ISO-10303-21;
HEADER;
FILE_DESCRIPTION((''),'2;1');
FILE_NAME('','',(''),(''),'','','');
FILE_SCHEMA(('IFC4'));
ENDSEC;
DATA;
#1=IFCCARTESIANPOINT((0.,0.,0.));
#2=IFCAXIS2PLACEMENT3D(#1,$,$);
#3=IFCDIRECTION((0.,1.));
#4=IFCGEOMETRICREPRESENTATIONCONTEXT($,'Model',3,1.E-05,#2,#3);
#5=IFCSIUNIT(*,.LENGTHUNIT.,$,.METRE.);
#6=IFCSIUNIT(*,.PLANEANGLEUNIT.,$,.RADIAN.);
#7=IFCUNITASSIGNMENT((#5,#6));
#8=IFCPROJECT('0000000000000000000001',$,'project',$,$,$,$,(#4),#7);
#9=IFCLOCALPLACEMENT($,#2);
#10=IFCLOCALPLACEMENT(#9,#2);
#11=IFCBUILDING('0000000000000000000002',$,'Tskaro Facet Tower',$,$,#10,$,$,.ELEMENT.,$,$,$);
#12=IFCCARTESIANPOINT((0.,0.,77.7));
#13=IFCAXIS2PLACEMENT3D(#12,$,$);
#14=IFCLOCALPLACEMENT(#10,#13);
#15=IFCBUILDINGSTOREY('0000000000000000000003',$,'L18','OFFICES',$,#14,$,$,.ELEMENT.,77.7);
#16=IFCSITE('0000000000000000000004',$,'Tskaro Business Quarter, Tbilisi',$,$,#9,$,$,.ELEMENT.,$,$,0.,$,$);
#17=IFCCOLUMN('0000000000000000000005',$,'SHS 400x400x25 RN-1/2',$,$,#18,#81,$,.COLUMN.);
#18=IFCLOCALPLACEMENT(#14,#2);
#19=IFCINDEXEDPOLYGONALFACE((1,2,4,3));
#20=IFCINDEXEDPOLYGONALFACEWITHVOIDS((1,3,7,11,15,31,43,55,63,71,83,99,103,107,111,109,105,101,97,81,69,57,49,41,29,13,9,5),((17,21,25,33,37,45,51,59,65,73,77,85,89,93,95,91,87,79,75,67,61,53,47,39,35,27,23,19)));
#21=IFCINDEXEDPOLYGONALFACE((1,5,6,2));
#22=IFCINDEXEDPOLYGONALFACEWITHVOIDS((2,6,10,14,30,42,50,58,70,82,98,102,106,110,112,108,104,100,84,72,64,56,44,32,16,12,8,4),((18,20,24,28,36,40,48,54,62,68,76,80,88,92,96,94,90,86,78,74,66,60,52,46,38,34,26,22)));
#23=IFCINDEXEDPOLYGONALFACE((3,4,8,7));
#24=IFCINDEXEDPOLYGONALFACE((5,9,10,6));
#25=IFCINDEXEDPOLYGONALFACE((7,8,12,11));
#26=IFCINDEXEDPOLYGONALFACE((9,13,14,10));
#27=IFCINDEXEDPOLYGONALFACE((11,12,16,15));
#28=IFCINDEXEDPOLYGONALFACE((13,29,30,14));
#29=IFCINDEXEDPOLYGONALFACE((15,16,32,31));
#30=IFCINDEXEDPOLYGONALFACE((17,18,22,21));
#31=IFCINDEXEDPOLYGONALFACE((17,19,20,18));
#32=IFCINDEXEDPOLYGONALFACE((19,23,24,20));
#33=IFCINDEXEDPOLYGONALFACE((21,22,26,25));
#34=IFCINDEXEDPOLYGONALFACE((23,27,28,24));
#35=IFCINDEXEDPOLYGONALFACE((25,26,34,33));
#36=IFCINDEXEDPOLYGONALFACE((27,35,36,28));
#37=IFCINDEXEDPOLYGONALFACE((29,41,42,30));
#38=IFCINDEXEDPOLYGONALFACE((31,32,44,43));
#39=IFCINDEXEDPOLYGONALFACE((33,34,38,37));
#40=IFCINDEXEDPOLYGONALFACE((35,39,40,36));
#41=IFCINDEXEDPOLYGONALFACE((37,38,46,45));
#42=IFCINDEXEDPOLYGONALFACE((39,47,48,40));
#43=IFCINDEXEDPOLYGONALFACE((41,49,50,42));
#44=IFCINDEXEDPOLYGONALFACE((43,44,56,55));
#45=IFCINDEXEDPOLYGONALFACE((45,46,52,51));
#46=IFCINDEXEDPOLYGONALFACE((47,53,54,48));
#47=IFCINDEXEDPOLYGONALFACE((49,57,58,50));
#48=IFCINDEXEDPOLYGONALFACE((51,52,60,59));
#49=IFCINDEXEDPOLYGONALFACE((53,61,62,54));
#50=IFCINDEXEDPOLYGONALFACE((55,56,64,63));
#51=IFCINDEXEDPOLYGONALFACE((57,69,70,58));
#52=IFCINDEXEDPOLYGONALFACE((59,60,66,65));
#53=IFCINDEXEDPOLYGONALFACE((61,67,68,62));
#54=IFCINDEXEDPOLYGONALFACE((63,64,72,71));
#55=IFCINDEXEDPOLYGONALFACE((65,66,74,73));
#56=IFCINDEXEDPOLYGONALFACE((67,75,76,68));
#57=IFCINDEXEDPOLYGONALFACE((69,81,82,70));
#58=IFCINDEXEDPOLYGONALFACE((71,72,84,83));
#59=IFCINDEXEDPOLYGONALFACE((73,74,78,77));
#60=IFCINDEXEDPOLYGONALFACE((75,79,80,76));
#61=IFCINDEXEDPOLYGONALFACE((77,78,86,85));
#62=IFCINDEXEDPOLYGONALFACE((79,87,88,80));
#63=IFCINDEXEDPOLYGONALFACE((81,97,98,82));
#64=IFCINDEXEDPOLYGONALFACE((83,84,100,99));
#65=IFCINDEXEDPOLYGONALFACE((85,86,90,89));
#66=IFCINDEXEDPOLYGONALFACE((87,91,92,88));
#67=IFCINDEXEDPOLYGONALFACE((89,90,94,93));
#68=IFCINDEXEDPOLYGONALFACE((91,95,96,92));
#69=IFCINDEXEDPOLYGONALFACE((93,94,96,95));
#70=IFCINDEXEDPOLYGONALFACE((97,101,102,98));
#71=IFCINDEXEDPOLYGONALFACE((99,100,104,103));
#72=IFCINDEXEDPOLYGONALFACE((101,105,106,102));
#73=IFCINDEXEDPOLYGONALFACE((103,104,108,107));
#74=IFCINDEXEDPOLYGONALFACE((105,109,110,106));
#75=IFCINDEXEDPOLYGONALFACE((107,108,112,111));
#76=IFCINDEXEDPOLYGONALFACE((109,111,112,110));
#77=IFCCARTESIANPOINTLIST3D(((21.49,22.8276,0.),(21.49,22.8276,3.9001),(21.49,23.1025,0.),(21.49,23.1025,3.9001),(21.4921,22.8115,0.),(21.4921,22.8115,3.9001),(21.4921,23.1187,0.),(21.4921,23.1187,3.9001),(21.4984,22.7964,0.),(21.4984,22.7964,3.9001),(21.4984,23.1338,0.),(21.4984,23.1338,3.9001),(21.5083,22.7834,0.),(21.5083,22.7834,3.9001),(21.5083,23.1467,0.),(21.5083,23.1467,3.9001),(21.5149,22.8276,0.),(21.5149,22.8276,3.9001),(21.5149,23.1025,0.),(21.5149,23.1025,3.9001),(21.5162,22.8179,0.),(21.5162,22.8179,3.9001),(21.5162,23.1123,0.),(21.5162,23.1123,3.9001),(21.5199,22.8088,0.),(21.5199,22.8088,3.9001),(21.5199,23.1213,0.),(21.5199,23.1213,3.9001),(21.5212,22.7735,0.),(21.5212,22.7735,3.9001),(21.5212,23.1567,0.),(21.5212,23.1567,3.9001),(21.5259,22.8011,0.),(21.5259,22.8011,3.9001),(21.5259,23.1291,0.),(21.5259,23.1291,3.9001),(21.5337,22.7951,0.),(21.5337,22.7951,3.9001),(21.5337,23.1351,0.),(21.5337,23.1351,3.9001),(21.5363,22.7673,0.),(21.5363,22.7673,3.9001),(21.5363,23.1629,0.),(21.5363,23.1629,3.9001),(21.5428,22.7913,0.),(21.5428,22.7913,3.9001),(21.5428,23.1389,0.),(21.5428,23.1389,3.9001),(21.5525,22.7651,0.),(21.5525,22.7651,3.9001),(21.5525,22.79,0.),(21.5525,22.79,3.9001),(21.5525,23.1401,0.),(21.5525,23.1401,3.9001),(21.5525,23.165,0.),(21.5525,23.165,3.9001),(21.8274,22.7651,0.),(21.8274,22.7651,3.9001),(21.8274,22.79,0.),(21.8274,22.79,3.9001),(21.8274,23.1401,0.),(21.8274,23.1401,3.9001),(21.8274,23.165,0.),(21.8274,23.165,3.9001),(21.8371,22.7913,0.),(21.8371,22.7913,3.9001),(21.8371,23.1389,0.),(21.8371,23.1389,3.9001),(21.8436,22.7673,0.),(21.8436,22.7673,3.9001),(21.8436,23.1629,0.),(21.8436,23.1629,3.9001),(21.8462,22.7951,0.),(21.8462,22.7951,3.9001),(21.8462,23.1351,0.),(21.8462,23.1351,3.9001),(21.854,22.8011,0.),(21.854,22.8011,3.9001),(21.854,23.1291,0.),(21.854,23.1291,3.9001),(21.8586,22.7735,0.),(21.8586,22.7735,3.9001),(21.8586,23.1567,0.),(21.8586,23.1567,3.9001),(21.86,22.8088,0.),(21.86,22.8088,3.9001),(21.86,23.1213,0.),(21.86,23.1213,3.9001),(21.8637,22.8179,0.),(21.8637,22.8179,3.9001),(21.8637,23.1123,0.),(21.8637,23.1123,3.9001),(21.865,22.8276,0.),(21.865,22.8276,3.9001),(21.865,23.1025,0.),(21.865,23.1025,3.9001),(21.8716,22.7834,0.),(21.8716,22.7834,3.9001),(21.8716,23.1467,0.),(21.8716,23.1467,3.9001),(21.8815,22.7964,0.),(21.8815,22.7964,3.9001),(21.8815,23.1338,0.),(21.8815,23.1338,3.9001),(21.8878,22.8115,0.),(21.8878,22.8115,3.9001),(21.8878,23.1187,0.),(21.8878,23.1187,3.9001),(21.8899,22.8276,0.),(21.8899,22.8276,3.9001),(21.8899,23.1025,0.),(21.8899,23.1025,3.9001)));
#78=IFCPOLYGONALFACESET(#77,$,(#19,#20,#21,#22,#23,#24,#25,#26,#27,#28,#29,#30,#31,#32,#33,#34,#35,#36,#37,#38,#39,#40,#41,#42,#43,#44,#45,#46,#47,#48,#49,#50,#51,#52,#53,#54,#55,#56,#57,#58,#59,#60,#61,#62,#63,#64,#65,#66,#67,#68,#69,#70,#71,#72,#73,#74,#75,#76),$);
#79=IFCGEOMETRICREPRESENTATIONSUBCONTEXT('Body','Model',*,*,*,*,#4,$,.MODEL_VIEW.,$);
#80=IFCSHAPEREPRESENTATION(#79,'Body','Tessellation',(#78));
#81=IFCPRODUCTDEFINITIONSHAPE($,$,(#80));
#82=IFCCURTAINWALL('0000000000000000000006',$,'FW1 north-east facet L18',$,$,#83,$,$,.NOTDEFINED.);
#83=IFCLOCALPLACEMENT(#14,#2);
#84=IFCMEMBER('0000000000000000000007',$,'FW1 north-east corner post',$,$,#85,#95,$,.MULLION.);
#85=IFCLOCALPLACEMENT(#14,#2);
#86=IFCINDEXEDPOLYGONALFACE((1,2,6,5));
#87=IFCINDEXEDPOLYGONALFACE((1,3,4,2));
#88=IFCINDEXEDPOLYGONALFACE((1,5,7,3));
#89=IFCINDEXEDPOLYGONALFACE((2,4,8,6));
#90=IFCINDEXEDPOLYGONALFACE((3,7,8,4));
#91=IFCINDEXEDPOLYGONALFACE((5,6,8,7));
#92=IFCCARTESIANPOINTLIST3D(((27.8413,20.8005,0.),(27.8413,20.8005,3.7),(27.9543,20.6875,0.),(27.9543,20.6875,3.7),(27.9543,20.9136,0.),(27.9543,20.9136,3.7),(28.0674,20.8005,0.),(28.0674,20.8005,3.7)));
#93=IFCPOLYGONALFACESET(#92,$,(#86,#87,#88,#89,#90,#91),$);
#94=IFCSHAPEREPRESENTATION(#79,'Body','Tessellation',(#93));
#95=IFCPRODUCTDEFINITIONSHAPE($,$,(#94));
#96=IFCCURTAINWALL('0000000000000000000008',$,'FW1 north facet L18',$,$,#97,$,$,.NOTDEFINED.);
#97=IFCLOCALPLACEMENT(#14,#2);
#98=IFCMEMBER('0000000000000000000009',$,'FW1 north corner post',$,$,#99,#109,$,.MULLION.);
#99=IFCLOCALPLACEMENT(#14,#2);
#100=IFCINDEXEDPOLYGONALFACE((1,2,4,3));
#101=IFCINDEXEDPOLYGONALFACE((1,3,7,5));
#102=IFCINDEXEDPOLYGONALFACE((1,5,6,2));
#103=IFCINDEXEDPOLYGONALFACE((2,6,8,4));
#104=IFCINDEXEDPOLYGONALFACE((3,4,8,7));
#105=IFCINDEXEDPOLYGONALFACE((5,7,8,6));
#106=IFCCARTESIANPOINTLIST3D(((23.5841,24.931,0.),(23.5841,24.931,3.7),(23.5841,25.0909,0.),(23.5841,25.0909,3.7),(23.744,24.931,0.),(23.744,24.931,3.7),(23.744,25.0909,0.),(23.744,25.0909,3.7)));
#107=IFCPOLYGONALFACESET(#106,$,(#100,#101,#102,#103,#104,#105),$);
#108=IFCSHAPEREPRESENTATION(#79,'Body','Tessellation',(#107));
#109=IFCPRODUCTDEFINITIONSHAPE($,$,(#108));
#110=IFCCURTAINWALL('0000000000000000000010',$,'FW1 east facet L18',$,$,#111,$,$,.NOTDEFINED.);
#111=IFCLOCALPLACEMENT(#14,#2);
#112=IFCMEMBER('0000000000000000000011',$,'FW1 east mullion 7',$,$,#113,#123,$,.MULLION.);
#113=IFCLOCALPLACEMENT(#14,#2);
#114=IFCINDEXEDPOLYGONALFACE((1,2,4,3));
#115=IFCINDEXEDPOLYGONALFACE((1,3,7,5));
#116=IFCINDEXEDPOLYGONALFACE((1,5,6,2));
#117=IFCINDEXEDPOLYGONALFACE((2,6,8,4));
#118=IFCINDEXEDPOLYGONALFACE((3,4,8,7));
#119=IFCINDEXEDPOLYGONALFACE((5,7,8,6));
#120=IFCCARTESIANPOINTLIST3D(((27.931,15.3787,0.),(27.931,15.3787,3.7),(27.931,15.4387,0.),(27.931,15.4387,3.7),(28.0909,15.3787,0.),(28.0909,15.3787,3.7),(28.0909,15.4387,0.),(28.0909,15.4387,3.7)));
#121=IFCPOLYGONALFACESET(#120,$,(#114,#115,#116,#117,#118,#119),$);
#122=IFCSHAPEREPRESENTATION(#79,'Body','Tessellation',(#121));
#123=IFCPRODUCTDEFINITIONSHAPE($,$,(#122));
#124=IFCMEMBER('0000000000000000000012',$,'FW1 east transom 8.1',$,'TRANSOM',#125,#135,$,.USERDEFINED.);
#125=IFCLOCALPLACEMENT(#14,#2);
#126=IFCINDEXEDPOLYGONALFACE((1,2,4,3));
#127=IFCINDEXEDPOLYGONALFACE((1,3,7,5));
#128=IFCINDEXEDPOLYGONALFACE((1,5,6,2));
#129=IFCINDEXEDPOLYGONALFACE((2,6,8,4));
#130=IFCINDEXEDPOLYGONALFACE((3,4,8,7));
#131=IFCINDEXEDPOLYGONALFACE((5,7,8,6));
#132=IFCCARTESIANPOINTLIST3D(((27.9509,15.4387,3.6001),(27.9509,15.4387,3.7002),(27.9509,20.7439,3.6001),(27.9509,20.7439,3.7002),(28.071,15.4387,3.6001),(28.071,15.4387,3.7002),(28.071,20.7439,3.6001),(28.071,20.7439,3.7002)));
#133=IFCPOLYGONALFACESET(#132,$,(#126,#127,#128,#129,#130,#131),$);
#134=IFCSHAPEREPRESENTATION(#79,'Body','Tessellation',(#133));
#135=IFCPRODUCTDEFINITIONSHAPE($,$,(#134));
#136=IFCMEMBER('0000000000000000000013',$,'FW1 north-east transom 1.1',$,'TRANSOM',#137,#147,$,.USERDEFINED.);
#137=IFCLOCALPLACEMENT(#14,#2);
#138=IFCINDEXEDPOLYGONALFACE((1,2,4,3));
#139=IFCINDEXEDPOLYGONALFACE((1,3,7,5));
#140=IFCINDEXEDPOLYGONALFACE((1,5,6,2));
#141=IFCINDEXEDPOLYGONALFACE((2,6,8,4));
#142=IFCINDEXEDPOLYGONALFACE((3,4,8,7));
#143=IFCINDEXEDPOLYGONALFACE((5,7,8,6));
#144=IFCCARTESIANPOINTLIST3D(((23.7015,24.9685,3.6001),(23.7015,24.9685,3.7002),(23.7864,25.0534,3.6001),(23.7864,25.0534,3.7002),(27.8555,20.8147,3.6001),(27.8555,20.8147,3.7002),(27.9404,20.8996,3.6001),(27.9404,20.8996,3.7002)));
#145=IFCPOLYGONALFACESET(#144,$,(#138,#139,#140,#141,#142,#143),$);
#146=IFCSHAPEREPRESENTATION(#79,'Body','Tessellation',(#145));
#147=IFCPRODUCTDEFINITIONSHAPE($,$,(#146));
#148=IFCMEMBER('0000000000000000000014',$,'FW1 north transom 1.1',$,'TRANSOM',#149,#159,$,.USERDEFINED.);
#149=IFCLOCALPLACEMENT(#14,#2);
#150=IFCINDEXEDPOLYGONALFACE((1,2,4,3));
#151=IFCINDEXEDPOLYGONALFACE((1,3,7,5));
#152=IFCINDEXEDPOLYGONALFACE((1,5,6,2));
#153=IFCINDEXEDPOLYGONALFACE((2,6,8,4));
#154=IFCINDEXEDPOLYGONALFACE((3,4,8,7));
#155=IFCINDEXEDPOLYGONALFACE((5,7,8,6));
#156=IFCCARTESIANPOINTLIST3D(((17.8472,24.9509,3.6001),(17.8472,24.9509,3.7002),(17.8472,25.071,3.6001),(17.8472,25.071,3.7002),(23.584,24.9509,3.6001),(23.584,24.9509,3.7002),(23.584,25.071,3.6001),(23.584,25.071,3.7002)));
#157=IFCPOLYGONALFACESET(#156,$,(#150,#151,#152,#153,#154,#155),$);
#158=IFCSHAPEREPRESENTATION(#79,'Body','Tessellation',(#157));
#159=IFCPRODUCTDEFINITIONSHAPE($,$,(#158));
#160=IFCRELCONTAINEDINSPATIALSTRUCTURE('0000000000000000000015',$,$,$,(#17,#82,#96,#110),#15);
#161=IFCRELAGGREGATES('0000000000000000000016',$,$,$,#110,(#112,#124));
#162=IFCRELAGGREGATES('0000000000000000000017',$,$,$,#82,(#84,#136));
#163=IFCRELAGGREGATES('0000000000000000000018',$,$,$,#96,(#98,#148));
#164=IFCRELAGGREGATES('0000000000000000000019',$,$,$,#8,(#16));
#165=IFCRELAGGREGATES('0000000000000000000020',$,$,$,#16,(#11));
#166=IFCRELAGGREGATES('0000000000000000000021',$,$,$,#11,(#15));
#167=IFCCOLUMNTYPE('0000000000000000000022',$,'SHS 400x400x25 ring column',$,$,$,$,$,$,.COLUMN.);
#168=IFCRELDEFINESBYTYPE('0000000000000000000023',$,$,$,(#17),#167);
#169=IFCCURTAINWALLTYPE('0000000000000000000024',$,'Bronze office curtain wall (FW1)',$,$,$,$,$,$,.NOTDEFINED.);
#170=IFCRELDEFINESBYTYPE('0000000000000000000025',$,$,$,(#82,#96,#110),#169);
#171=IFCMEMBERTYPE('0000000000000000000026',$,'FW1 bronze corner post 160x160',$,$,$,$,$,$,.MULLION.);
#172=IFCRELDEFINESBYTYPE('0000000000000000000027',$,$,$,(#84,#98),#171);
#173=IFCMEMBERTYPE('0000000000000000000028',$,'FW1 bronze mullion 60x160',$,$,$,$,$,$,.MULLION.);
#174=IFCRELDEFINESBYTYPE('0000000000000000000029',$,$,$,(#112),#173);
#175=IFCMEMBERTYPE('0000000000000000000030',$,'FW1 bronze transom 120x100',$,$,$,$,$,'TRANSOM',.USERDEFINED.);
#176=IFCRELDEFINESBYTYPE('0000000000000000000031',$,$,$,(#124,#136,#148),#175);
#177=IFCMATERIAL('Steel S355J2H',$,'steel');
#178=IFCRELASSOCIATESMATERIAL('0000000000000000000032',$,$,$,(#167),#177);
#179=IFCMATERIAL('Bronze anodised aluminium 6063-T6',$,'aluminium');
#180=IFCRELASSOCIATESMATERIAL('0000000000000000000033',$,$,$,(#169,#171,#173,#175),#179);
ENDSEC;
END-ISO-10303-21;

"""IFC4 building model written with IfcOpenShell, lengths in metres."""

from ifc_helpers import new_model, si_unit, direction, frame, origin, origin_2d, place, context, subcontext, project, spatial, rectangle, hollow_rectangle, extrude, material, material_profile, profile_set, type_object, element, aggregate, save


model = new_model("IFC4")

# Units and contexts
model_context = context("Model", 3, precision=1e-05, world=origin(), true_north=direction((0.0, 1.0)))
body_context = subcontext(model_context, "Body", "Model", "MODEL_VIEW")
ifc_project = project(units=[si_unit("LENGTHUNIT", "METRE"), si_unit("PLANEANGLEUNIT", "RADIAN")], contexts=[model_context])

# Site, building, storey
site_placement = place(None, origin())
site = spatial("IfcSite", under=ifc_project, at=site_placement, Name="Tskaro Business Quarter, Tbilisi", CompositionType="ELEMENT", RefElevation=0.0)
building_placement = place(site_placement, origin())
building = spatial("IfcBuilding", under=site, at=building_placement, Name="Tskaro Facet Tower", CompositionType="ELEMENT")
storey_placement = place(building_placement, frame((0.0, 0.0, 77.7)))
storey = spatial("IfcBuildingStorey", under=building, at=storey_placement, Name="L18", Description="OFFICES", CompositionType="ELEMENT", Elevation=77.7)

# Column
ifc_material_1 = material(Name="Steel S355J2H", Category="steel")
ifc_material_profile_1 = material_profile(ifc_material_1, hollow_rectangle(XDim=0.3999, YDim=0.3999, WallThickness=0.0249, InnerFilletRadius=0.0376, OuterFilletRadius=0.0625, at=origin_2d()), Name="SHS 400x400x25")
ifc_profile_set_1 = profile_set([ifc_material_profile_1], Name="Steel S355J2H")
column_type_1 = type_object("IfcColumnType", Name="SHS 400x400x25 ring column", PredefinedType="COLUMN", material=ifc_profile_set_1)
for number, where, z_axis, x_axis, name in (
    (1, (21.6899, 22.9651, 0.0), (0.0, 0.0, 1.0), (1.0, 0.0, 0.0), "SHS 400x400x25 RN-1/2"),
):
    element("IfcColumn", number, at=place(storey_placement, frame(where, z_axis=z_axis, x_axis=x_axis)), inside=storey, type_object=column_type_1, Name=name, PredefinedType="COLUMN", context=body_context, shape_type="SweptSolid", body=[
        extrude(hollow_rectangle(XDim=0.3999, YDim=0.3999, WallThickness=0.0249, InnerFilletRadius=0.0376, OuterFilletRadius=0.0625, at=origin_2d()), origin(), (0.0, 0.0, 1.0), 3.9001),
    ])

# Curtain walls, members
ifc_material_2 = material(Name="Bronze anodised aluminium 6063-T6", Category="aluminium")
curtain_wall_type = type_object("IfcCurtainWallType", Name="Bronze office curtain wall (FW1)", PredefinedType="NOTDEFINED", material=ifc_material_2)
curtain_wall_1_placement = place(storey_placement, origin())
curtain_wall_1 = element("IfcCurtainWall", 2, at=curtain_wall_1_placement, inside=storey, type_object=curtain_wall_type, Name="FW1 north-east facet L18", PredefinedType="NOTDEFINED")
ifc_material_profile_2 = material_profile(ifc_material_2, rectangle(XDim=0.1599, YDim=0.1599, at=origin_2d()), Name="Corner post 160x160")
ifc_profile_set_2 = profile_set([ifc_material_profile_2], Name="Bronze anodised aluminium 6063-T6")
member_type_1 = type_object("IfcMemberType", Name="FW1 bronze corner post 160x160", PredefinedType="MULLION", material=ifc_profile_set_2)
member_1_placement = place(storey_placement, frame((27.9543, 20.8005, 0.0), z_axis=(0.0, 0.0, 1.0), x_axis=(-0.707107, 0.707107, 0.0)))
member_1 = element("IfcMember", 3, at=member_1_placement, type_object=member_type_1, Name="FW1 north-east corner post", PredefinedType="MULLION", context=body_context, shape_type="SweptSolid", body=[
    extrude(rectangle(XDim=0.1599, YDim=0.1599, at=origin_2d()), origin(), (0.0, 0.0, 1.0), 3.7),
])
curtain_wall_2_placement = place(storey_placement, origin())
curtain_wall_2 = element("IfcCurtainWall", 4, at=curtain_wall_2_placement, inside=storey, type_object=curtain_wall_type, Name="FW1 north facet L18", PredefinedType="NOTDEFINED")
member_2_placement = place(storey_placement, frame((23.6641, 25.011, 0.0), z_axis=(0.0, 0.0, 1.0), x_axis=(-1.0, 0.0, 0.0)))
member_2 = element("IfcMember", 5, at=member_2_placement, type_object=member_type_1, Name="FW1 north corner post", PredefinedType="MULLION", context=body_context, shape_type="SweptSolid", body=[
    extrude(rectangle(XDim=0.1599, YDim=0.1599, at=origin_2d()), origin(), (0.0, 0.0, 1.0), 3.7),
])

# Curtain wall, members
curtain_wall_3_placement = place(storey_placement, origin())
curtain_wall_3 = element("IfcCurtainWall", 6, at=curtain_wall_3_placement, inside=storey, type_object=curtain_wall_type, Name="FW1 east facet L18", PredefinedType="NOTDEFINED")
ifc_material_profile_3 = material_profile(ifc_material_2, rectangle(XDim=0.0601, YDim=0.1599, at=origin_2d()), Name="Mullion 60x160")
ifc_profile_set_3 = profile_set([ifc_material_profile_3], Name="Bronze anodised aluminium 6063-T6")
member_type_2 = type_object("IfcMemberType", Name="FW1 bronze mullion 60x160", PredefinedType="MULLION", material=ifc_profile_set_3)
member_3_placement = place(storey_placement, frame((28.011, 15.4087, 0.0), z_axis=(0.0, 0.0, 1.0), x_axis=(0.0, 1.0, 0.0)))
member_3 = element("IfcMember", 7, at=member_3_placement, type_object=member_type_2, Name="FW1 east mullion 7", PredefinedType="MULLION", context=body_context, shape_type="SweptSolid", body=[
    extrude(rectangle(XDim=0.0601, YDim=0.1599, at=origin_2d()), origin(), (0.0, 0.0, 1.0), 3.7),
])
ifc_material_profile_4 = material_profile(ifc_material_2, rectangle(XDim=0.1201, YDim=0.1001, at=origin_2d()), Name="Transom 120x100")
ifc_profile_set_4 = profile_set([ifc_material_profile_4], Name="Bronze anodised aluminium 6063-T6")
member_type_3 = type_object("IfcMemberType", Name="FW1 bronze transom 120x100", ElementType="TRANSOM", PredefinedType="USERDEFINED", material=ifc_profile_set_4)
member_4_placement = place(storey_placement, frame((28.011, 15.4387, 3.6501), z_axis=(0.0, 1.0, 0.0), x_axis=(-1.0, 0.0, 0.0)))
member_4 = element("IfcMember", 8, at=member_4_placement, type_object=member_type_3, Name="FW1 east transom 8.1", ObjectType="TRANSOM", PredefinedType="USERDEFINED", context=body_context, shape_type="SweptSolid", body=[
    extrude(rectangle(XDim=0.1201, YDim=0.1001, at=origin_2d()), origin(), (0.0, 0.0, 1.0), 5.3052),
])

# Members
member_5_placement = place(storey_placement, frame((27.8979, 20.8572, 3.6501), z_axis=(-0.707128, 0.707086, 0.0), x_axis=(-0.707086, -0.707128, 0.0)))
member_5 = element("IfcMember", 9, at=member_5_placement, type_object=member_type_3, Name="FW1 north-east transom 1.1", ObjectType="TRANSOM", PredefinedType="USERDEFINED", context=body_context, shape_type="SweptSolid", body=[
    extrude(rectangle(XDim=0.1201, YDim=0.1001, at=origin_2d()), origin(), (0.0, 0.0, 1.0), 5.8745),
])
member_6_placement = place(storey_placement, frame((23.584, 25.011, 3.6501), z_axis=(-1.0, 0.0, 0.0), x_axis=(0.0, -1.0, 0.0)))
member_6 = element("IfcMember", 10, at=member_6_placement, type_object=member_type_3, Name="FW1 north transom 1.1", ObjectType="TRANSOM", PredefinedType="USERDEFINED", context=body_context, shape_type="SweptSolid", body=[
    extrude(rectangle(XDim=0.1201, YDim=0.1001, at=origin_2d()), origin(), (0.0, 0.0, 1.0), 5.7368),
])

aggregate(curtain_wall_3, [member_3, member_4])
aggregate(curtain_wall_1, [member_1, member_5])
aggregate(curtain_wall_2, [member_2, member_6])

save(model, "model.ifc")
